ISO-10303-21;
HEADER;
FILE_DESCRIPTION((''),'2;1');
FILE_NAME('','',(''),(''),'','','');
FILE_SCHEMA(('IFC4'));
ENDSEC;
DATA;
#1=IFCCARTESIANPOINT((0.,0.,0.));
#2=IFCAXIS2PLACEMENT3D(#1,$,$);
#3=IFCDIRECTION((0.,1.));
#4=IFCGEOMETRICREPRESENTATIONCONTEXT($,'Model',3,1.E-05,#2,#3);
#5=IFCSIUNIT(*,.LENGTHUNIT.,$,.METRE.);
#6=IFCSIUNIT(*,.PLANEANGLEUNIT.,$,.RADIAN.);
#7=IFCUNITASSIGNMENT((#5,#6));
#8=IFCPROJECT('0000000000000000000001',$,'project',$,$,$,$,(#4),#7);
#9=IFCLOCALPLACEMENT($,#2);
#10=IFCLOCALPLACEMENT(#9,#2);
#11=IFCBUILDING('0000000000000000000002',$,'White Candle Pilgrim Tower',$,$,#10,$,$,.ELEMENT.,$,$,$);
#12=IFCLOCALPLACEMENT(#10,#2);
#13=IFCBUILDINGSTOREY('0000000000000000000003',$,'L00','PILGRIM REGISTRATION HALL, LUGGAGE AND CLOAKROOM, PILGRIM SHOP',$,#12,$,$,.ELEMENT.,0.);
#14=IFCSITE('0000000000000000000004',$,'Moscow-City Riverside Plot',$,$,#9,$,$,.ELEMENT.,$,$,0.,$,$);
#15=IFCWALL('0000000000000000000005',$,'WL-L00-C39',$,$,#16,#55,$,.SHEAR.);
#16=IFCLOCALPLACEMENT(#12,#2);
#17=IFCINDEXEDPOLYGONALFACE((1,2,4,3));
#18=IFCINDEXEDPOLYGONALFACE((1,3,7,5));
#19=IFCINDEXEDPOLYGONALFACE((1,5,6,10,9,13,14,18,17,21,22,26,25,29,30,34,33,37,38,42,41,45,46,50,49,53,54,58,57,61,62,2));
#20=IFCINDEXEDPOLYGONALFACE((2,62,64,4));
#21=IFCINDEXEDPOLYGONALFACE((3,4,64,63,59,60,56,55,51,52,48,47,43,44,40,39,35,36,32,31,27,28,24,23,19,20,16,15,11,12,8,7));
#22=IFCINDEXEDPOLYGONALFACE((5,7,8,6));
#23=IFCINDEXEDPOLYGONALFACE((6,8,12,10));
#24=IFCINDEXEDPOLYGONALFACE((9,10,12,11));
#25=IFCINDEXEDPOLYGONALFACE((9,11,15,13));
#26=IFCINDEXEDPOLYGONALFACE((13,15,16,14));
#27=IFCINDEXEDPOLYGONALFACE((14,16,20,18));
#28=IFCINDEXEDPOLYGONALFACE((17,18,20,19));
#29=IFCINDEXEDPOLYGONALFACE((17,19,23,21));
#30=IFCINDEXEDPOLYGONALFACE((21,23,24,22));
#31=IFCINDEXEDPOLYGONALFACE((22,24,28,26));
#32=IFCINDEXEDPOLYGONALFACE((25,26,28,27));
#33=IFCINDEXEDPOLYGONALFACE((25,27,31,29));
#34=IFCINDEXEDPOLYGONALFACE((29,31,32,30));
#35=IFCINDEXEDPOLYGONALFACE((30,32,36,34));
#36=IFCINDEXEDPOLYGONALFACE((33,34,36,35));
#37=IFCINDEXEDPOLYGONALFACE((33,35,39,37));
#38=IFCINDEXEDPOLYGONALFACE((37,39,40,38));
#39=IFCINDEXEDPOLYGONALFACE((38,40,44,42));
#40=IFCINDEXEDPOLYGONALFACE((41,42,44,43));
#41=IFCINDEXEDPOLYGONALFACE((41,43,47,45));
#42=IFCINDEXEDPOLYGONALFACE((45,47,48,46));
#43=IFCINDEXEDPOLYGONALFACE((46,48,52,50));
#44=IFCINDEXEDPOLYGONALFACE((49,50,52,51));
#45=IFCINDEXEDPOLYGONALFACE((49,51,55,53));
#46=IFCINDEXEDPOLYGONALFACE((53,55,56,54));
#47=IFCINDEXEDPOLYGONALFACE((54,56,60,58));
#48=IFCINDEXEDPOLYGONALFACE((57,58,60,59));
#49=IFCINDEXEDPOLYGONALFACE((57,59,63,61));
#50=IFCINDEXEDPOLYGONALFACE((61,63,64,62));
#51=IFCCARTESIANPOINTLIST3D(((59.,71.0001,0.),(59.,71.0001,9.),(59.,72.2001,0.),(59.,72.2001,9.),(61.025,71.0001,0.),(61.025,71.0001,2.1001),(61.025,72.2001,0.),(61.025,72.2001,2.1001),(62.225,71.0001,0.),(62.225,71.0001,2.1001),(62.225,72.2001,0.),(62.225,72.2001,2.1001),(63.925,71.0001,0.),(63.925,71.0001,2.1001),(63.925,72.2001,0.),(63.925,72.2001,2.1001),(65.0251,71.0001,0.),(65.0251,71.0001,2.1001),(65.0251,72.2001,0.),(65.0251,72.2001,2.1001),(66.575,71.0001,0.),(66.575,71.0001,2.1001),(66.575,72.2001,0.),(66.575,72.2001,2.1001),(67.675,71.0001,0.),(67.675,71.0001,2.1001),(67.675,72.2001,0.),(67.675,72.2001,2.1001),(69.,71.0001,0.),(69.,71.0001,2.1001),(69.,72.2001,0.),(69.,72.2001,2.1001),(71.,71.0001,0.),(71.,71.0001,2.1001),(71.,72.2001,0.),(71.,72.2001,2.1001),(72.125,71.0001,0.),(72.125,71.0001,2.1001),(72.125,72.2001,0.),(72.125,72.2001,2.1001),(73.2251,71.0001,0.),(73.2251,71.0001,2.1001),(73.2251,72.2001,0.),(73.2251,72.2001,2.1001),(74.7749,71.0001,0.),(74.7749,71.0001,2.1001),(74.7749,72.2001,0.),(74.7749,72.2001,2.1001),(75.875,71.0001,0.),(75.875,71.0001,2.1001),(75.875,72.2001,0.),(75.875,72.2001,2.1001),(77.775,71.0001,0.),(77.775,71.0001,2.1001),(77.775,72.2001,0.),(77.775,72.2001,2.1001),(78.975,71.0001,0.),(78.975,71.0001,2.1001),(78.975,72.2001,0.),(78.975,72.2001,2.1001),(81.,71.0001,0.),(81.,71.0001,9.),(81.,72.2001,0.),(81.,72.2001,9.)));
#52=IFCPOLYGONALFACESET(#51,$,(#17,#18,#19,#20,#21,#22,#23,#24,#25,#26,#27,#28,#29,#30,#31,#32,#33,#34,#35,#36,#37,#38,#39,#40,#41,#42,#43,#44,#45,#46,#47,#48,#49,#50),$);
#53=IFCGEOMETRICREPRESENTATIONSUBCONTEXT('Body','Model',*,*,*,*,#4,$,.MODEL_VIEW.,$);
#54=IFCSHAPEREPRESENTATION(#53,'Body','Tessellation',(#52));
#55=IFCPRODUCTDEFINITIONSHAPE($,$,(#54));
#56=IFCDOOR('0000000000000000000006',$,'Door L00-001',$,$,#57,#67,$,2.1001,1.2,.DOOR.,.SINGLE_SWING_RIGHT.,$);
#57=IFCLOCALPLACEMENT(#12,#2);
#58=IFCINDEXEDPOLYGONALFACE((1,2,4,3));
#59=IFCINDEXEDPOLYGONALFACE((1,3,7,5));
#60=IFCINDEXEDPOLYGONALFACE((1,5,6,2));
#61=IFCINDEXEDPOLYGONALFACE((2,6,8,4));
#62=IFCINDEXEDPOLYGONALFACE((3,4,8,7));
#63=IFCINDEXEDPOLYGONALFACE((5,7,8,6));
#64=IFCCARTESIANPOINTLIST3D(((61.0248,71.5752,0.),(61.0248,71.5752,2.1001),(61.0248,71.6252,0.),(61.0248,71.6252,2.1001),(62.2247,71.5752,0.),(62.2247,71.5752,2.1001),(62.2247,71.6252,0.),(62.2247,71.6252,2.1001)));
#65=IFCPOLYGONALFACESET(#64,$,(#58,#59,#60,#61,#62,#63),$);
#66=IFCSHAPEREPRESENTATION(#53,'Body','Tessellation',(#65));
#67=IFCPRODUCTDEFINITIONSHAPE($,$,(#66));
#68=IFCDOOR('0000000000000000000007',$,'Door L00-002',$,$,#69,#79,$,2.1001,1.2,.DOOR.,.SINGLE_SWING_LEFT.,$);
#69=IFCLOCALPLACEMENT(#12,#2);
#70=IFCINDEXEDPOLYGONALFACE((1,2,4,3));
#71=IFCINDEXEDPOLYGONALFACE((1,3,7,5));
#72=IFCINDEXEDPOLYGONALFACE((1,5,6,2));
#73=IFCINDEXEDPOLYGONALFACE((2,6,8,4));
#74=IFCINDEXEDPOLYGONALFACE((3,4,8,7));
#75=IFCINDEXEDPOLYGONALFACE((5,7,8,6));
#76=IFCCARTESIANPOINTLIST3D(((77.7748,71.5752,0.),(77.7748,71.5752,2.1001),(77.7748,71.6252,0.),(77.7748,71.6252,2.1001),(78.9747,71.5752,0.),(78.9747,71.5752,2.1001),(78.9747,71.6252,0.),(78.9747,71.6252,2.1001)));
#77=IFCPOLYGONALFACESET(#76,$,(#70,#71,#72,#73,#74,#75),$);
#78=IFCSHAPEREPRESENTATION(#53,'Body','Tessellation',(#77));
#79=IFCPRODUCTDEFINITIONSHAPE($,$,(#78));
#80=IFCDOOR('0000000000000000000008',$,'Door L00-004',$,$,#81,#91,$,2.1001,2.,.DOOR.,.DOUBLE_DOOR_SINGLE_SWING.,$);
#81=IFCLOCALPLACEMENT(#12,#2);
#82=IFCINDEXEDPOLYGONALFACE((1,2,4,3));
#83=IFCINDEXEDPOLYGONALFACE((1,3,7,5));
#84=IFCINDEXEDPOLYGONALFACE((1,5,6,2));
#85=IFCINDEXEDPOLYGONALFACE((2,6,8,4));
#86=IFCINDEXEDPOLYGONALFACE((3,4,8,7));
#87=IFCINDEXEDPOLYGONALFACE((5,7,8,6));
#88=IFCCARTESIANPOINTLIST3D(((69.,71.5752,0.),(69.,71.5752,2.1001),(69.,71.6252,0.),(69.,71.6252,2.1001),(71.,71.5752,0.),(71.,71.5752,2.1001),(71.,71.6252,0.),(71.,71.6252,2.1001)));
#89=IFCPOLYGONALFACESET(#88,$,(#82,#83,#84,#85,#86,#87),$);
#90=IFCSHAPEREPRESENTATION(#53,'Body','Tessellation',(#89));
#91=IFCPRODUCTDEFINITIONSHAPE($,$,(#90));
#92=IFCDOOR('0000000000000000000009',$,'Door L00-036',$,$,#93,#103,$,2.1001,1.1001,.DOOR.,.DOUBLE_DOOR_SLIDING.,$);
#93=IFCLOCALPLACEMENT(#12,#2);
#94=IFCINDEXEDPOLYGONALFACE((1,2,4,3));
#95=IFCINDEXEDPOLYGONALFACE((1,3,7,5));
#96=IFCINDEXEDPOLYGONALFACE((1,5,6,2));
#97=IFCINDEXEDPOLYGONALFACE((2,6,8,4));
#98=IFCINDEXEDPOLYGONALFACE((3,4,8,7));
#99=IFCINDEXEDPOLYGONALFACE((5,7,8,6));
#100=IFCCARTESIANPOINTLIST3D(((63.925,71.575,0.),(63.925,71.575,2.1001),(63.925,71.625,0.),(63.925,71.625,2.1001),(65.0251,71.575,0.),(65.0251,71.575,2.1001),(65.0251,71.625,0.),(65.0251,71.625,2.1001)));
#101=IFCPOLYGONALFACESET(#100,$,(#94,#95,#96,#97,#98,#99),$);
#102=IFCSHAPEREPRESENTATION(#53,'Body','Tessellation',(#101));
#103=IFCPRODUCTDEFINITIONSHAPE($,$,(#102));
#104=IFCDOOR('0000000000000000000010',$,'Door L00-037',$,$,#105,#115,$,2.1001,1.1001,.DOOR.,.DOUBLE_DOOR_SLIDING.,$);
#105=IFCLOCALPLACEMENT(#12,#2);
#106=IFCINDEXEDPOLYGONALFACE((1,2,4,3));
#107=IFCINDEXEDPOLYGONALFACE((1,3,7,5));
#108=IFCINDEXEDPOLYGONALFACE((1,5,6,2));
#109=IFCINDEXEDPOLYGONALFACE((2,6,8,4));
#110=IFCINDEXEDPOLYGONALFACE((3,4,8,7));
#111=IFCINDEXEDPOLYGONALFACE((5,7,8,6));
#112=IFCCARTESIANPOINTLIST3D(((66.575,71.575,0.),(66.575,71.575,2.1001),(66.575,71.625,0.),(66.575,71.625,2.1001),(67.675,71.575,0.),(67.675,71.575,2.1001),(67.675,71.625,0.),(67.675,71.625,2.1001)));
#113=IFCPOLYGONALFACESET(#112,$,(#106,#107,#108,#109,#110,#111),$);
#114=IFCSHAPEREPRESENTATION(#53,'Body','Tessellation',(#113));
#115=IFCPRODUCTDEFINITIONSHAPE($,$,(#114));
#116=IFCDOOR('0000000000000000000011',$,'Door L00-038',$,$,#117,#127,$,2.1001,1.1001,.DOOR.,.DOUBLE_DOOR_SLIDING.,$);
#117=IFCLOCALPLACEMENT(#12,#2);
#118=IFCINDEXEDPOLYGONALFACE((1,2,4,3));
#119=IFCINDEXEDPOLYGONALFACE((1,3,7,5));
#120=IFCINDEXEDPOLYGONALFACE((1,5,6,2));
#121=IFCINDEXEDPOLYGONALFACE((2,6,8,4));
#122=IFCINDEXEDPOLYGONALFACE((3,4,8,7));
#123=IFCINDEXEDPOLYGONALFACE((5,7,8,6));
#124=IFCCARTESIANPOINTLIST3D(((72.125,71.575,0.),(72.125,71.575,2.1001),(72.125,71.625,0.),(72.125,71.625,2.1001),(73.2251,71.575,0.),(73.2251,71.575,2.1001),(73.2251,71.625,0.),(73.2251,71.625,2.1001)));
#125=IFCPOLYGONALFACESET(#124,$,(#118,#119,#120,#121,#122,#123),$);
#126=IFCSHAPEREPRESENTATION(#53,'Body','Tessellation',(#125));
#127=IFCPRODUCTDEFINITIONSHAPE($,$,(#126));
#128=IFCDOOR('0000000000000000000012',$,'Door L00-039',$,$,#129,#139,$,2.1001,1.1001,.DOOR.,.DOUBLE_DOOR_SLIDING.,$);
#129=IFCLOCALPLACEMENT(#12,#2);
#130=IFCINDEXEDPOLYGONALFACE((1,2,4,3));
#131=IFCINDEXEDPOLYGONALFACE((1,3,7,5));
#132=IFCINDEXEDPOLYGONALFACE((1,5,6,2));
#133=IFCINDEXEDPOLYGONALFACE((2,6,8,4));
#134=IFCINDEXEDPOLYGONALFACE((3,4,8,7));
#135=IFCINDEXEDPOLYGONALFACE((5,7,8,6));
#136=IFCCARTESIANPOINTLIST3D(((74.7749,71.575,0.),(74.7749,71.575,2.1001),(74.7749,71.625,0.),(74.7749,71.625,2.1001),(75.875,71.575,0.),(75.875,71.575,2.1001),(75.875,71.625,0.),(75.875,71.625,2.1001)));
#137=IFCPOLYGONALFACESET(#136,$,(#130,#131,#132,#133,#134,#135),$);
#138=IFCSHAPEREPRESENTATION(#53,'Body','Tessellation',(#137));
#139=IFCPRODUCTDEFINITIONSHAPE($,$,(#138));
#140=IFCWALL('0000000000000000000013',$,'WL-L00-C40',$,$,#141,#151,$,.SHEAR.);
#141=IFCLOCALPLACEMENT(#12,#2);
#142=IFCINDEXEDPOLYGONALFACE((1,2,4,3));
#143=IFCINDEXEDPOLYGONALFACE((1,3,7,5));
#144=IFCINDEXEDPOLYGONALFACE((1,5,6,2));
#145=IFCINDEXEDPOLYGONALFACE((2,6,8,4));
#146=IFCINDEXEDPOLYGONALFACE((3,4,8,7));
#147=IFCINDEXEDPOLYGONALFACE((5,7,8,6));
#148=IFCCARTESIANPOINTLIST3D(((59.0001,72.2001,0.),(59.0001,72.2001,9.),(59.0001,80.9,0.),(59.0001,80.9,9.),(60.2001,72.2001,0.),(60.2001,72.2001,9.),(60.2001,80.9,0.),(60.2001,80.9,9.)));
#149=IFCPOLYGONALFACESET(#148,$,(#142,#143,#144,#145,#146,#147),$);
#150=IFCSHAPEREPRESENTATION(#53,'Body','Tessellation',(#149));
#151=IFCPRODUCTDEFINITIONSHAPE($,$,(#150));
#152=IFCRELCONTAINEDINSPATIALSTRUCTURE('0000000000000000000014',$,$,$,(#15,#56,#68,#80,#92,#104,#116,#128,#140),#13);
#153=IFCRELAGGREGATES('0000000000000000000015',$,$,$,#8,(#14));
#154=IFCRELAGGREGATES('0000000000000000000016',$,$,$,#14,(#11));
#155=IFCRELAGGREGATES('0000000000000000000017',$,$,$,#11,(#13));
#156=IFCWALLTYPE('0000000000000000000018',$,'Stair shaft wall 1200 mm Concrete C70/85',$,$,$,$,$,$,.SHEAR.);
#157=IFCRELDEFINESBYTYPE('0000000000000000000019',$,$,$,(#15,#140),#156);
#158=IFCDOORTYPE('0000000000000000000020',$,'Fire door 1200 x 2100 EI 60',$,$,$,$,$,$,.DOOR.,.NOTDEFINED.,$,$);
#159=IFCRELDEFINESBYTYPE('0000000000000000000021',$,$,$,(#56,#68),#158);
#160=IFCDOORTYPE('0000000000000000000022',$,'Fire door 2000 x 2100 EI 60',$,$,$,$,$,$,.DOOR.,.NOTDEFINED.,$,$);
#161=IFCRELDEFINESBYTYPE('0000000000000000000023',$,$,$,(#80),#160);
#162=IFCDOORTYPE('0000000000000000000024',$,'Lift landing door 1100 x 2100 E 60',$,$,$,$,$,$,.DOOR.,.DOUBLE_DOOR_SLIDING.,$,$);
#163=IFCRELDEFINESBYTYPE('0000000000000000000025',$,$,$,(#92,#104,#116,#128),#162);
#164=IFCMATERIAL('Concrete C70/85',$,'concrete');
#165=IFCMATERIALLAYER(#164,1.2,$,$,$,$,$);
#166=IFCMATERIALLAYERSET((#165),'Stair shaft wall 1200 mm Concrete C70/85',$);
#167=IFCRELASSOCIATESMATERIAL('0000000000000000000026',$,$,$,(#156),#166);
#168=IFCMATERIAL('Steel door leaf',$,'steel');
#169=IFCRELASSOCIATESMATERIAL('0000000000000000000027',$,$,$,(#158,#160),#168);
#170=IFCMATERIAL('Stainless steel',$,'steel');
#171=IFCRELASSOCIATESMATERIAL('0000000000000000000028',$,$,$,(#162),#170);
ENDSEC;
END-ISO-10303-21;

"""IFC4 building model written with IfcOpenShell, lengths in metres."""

from ifc_helpers import new_model, si_unit, direction, frame, frame_2d, origin, place, context, subcontext, project, spatial, rectangle, extrude, material, layer, layer_set, type_object, element, fill, save


model = new_model("IFC4")

# Units and contexts
model_context = context("Model", 3, precision=1e-05, world=origin(), true_north=direction((0.0, 1.0)))
body_context = subcontext(model_context, "Body", "Model", "MODEL_VIEW")
ifc_project = project(units=[si_unit("LENGTHUNIT", "METRE"), si_unit("PLANEANGLEUNIT", "RADIAN")], contexts=[model_context])

# Site, building, storey
site_placement = place(None, origin())
site = spatial("IfcSite", under=ifc_project, at=site_placement, Name="Moscow-City Riverside Plot", CompositionType="ELEMENT", RefElevation=0.0)
building_placement = place(site_placement, origin())
building = spatial("IfcBuilding", under=site, at=building_placement, Name="White Candle Pilgrim Tower", CompositionType="ELEMENT")
storey_placement = place(building_placement, origin())
storey = spatial("IfcBuildingStorey", under=building, at=storey_placement, Name="L00", Description="PILGRIM REGISTRATION HALL, LUGGAGE AND CLOAKROOM, PILGRIM SHOP", CompositionType="ELEMENT", Elevation=0.0)

# Shared definitions
ifc_material_1 = material(Name="Steel door leaf", Category="steel")

# Wall, openings, doors
ifc_material_2 = material(Name="Concrete C70/85", Category="concrete")
ifc_layer_1 = layer(ifc_material_2, 1.2)
ifc_layer_set_1 = layer_set([ifc_layer_1], Name="Stair shaft wall 1200 mm Concrete C70/85")
wall_type_1 = type_object("IfcWallType", Name="Stair shaft wall 1200 mm Concrete C70/85", PredefinedType="SHEAR", material=ifc_layer_set_1)
wall_1_placement = place(storey_placement, frame((59.0, 71.6001, 0.0), z_axis=(0.0, 0.0, 1.0), x_axis=(1.0, 0.0, 0.0)))
wall_1 = element("IfcWall", 1, at=wall_1_placement, inside=storey, type_object=wall_type_1, Name="WL-L00-C39", PredefinedType="SHEAR", context=body_context, shape_type="SweptSolid", body=[
    extrude(rectangle(XDim=22.0, YDim=1.2, at=frame_2d((11.0, 0.0))), origin(), (0.0, 0.0, 1.0), 9.0),
])
opening_1_placement = place(wall_1_placement, frame((2.0249, 0.0, 0.0)))
opening_1 = element("IfcOpeningElement", 2, at=opening_1_placement, cuts=wall_1, PredefinedType="OPENING", context=body_context, shape_type="SweptSolid", body=[
    extrude(rectangle(XDim=1.2, YDim=2.1001, at=frame_2d((0.6001, 1.05))), frame((0.0, 0.6099, 0.0), z_axis=(0.0, -1.0, 0.0), x_axis=(1.0, 0.0, 0.0)), (0.0, 0.0, 1.0), 1.22),
])
opening_2_placement = place(wall_1_placement, frame((18.7749, 0.0, 0.0)))
opening_2 = element("IfcOpeningElement", 3, at=opening_2_placement, cuts=wall_1, PredefinedType="OPENING", context=body_context, shape_type="SweptSolid", body=[
    extrude(rectangle(XDim=1.2, YDim=2.1001, at=frame_2d((0.6001, 1.05))), frame((0.0, 0.6099, 0.0), z_axis=(0.0, -1.0, 0.0), x_axis=(1.0, 0.0, 0.0)), (0.0, 0.0, 1.0), 1.22),
])
opening_3_placement = place(wall_1_placement, frame((10.0, 0.0, 0.0)))
opening_3 = element("IfcOpeningElement", 4, at=opening_3_placement, cuts=wall_1, PredefinedType="OPENING", context=body_context, shape_type="SweptSolid", body=[
    extrude(rectangle(XDim=2.0, YDim=2.1001, at=frame_2d((1.0, 1.05))), frame((0.0, 0.6099, 0.0), z_axis=(0.0, -1.0, 0.0), x_axis=(1.0, 0.0, 0.0)), (0.0, 0.0, 1.0), 1.22),
])
opening_4_placement = place(wall_1_placement, frame((4.925, 0.0, 0.0)))
opening_4 = element("IfcOpeningElement", 5, at=opening_4_placement, cuts=wall_1, PredefinedType="OPENING", context=body_context, shape_type="SweptSolid", body=[
    extrude(rectangle(XDim=1.1001, YDim=2.1001, at=frame_2d((0.55, 1.05))), frame((0.0, 0.6099, 0.0), z_axis=(0.0, -1.0, 0.0), x_axis=(1.0, 0.0, 0.0)), (0.0, 0.0, 1.0), 1.22),
])
opening_5_placement = place(wall_1_placement, frame((7.575, 0.0, 0.0)))
opening_5 = element("IfcOpeningElement", 6, at=opening_5_placement, cuts=wall_1, PredefinedType="OPENING", context=body_context, shape_type="SweptSolid", body=[
    extrude(rectangle(XDim=1.1001, YDim=2.1001, at=frame_2d((0.55, 1.05))), frame((0.0, 0.6099, 0.0), z_axis=(0.0, -1.0, 0.0), x_axis=(1.0, 0.0, 0.0)), (0.0, 0.0, 1.0), 1.22),
])
opening_6_placement = place(wall_1_placement, frame((13.125, 0.0, 0.0)))
opening_6 = element("IfcOpeningElement", 7, at=opening_6_placement, cuts=wall_1, PredefinedType="OPENING", context=body_context, shape_type="SweptSolid", body=[
    extrude(rectangle(XDim=1.1001, YDim=2.1001, at=frame_2d((0.55, 1.05))), frame((0.0, 0.6099, 0.0), z_axis=(0.0, -1.0, 0.0), x_axis=(1.0, 0.0, 0.0)), (0.0, 0.0, 1.0), 1.22),
])
opening_7_placement = place(wall_1_placement, frame((15.7749, 0.0, 0.0)))
opening_7 = element("IfcOpeningElement", 8, at=opening_7_placement, cuts=wall_1, PredefinedType="OPENING", context=body_context, shape_type="SweptSolid", body=[
    extrude(rectangle(XDim=1.1001, YDim=2.1001, at=frame_2d((0.55, 1.05))), frame((0.0, 0.6099, 0.0), z_axis=(0.0, -1.0, 0.0), x_axis=(1.0, 0.0, 0.0)), (0.0, 0.0, 1.0), 1.22),
])
door_type_1 = type_object("IfcDoorType", Name="Fire door 1200 x 2100 EI 60", OperationType="NOTDEFINED", PredefinedType="DOOR", material=ifc_material_1)
door_1_placement = place(opening_1_placement, frame((1.2, 0.0, 0.0), z_axis=(0.0, 0.0, 1.0), x_axis=(-1.0, 0.0, 0.0)))
door_1 = element("IfcDoor", 9, at=door_1_placement, inside=storey, type_object=door_type_1, Name="Door L00-001", OperationType="SINGLE_SWING_RIGHT", OverallHeight=2.1001, OverallWidth=1.2, PredefinedType="DOOR", context=body_context, shape_type="SweptSolid", body=[
    extrude(rectangle(XDim=1.2, YDim=2.1001, at=frame_2d((0.6001, 1.05))), frame((0.0, 0.0249, 0.0), z_axis=(0.0, -1.0, 0.0), x_axis=(1.0, 0.0, 0.0)), (0.0, 0.0, 1.0), 0.05),
])
fill(opening_1, door_1)
door_2_placement = place(opening_2_placement, frame((1.2, 0.0, 0.0), z_axis=(0.0, 0.0, 1.0), x_axis=(-1.0, 0.0, 0.0)))
door_2 = element("IfcDoor", 10, at=door_2_placement, inside=storey, type_object=door_type_1, Name="Door L00-002", OperationType="SINGLE_SWING_LEFT", OverallHeight=2.1001, OverallWidth=1.2, PredefinedType="DOOR", context=body_context, shape_type="SweptSolid", body=[
    extrude(rectangle(XDim=1.2, YDim=2.1001, at=frame_2d((0.6001, 1.05))), frame((0.0, 0.0249, 0.0), z_axis=(0.0, -1.0, 0.0), x_axis=(1.0, 0.0, 0.0)), (0.0, 0.0, 1.0), 0.05),
])
fill(opening_2, door_2)
door_type_2 = type_object("IfcDoorType", Name="Fire door 2000 x 2100 EI 60", OperationType="NOTDEFINED", PredefinedType="DOOR", material=ifc_material_1)
door_3_placement = place(opening_3_placement, frame((2.0, 0.0, 0.0), z_axis=(0.0, 0.0, 1.0), x_axis=(-1.0, 0.0, 0.0)))
door_3 = element("IfcDoor", 11, at=door_3_placement, inside=storey, type_object=door_type_2, Name="Door L00-004", OperationType="DOUBLE_DOOR_SINGLE_SWING", OverallHeight=2.1001, OverallWidth=2.0, PredefinedType="DOOR", context=body_context, shape_type="SweptSolid", body=[
    extrude(rectangle(XDim=2.0, YDim=2.1001, at=frame_2d((1.0, 1.05))), frame((0.0, 0.0249, 0.0), z_axis=(0.0, -1.0, 0.0), x_axis=(1.0, 0.0, 0.0)), (0.0, 0.0, 1.0), 0.05),
])
fill(opening_3, door_3)
ifc_material_3 = material(Name="Stainless steel", Category="steel")
door_type_3 = type_object("IfcDoorType", Name="Lift landing door 1100 x 2100 E 60", OperationType="DOUBLE_DOOR_SLIDING", PredefinedType="DOOR", material=ifc_material_3)
door_4_placement = place(opening_4_placement, origin())
door_4 = element("IfcDoor", 12, at=door_4_placement, inside=storey, type_object=door_type_3, Name="Door L00-036", OperationType="DOUBLE_DOOR_SLIDING", OverallHeight=2.1001, OverallWidth=1.1001, PredefinedType="DOOR", context=body_context, shape_type="SweptSolid", body=[
    extrude(rectangle(XDim=1.1001, YDim=2.1001, at=frame_2d((0.55, 1.05))), frame((0.0, 0.0249, 0.0), z_axis=(0.0, -1.0, 0.0), x_axis=(1.0, 0.0, 0.0)), (0.0, 0.0, 1.0), 0.05),
])
fill(opening_4, door_4)
door_5_placement = place(opening_5_placement, origin())
door_5 = element("IfcDoor", 13, at=door_5_placement, inside=storey, type_object=door_type_3, Name="Door L00-037", OperationType="DOUBLE_DOOR_SLIDING", OverallHeight=2.1001, OverallWidth=1.1001, PredefinedType="DOOR", context=body_context, shape_type="SweptSolid", body=[
    extrude(rectangle(XDim=1.1001, YDim=2.1001, at=frame_2d((0.55, 1.05))), frame((0.0, 0.0249, 0.0), z_axis=(0.0, -1.0, 0.0), x_axis=(1.0, 0.0, 0.0)), (0.0, 0.0, 1.0), 0.05),
])
fill(opening_5, door_5)
door_6_placement = place(opening_6_placement, origin())
door_6 = element("IfcDoor", 14, at=door_6_placement, inside=storey, type_object=door_type_3, Name="Door L00-038", OperationType="DOUBLE_DOOR_SLIDING", OverallHeight=2.1001, OverallWidth=1.1001, PredefinedType="DOOR", context=body_context, shape_type="SweptSolid", body=[
    extrude(rectangle(XDim=1.1001, YDim=2.1001, at=frame_2d((0.55, 1.05))), frame((0.0, 0.0249, 0.0), z_axis=(0.0, -1.0, 0.0), x_axis=(1.0, 0.0, 0.0)), (0.0, 0.0, 1.0), 0.05),
])
fill(opening_6, door_6)
door_7_placement = place(opening_7_placement, origin())
door_7 = element("IfcDoor", 15, at=door_7_placement, inside=storey, type_object=door_type_3, Name="Door L00-039", OperationType="DOUBLE_DOOR_SLIDING", OverallHeight=2.1001, OverallWidth=1.1001, PredefinedType="DOOR", context=body_context, shape_type="SweptSolid", body=[
    extrude(rectangle(XDim=1.1001, YDim=2.1001, at=frame_2d((0.55, 1.05))), frame((0.0, 0.0249, 0.0), z_axis=(0.0, -1.0, 0.0), x_axis=(1.0, 0.0, 0.0)), (0.0, 0.0, 1.0), 0.05),
])
fill(opening_7, door_7)

# Wall
wall_2_placement = place(storey_placement, frame((59.6001, 72.2, 0.0), z_axis=(0.0, 0.0, 1.0), x_axis=(0.0, 1.0, 0.0)))
element("IfcWall", 16, at=wall_2_placement, inside=storey, type_object=wall_type_1, Name="WL-L00-C40", PredefinedType="SHEAR", context=body_context, shape_type="SweptSolid", body=[
    extrude(rectangle(XDim=8.7, YDim=1.2, at=frame_2d((4.3501, 0.0))), origin(), (0.0, 0.0, 1.0), 9.0),
])

save(model, "model.ifc")
